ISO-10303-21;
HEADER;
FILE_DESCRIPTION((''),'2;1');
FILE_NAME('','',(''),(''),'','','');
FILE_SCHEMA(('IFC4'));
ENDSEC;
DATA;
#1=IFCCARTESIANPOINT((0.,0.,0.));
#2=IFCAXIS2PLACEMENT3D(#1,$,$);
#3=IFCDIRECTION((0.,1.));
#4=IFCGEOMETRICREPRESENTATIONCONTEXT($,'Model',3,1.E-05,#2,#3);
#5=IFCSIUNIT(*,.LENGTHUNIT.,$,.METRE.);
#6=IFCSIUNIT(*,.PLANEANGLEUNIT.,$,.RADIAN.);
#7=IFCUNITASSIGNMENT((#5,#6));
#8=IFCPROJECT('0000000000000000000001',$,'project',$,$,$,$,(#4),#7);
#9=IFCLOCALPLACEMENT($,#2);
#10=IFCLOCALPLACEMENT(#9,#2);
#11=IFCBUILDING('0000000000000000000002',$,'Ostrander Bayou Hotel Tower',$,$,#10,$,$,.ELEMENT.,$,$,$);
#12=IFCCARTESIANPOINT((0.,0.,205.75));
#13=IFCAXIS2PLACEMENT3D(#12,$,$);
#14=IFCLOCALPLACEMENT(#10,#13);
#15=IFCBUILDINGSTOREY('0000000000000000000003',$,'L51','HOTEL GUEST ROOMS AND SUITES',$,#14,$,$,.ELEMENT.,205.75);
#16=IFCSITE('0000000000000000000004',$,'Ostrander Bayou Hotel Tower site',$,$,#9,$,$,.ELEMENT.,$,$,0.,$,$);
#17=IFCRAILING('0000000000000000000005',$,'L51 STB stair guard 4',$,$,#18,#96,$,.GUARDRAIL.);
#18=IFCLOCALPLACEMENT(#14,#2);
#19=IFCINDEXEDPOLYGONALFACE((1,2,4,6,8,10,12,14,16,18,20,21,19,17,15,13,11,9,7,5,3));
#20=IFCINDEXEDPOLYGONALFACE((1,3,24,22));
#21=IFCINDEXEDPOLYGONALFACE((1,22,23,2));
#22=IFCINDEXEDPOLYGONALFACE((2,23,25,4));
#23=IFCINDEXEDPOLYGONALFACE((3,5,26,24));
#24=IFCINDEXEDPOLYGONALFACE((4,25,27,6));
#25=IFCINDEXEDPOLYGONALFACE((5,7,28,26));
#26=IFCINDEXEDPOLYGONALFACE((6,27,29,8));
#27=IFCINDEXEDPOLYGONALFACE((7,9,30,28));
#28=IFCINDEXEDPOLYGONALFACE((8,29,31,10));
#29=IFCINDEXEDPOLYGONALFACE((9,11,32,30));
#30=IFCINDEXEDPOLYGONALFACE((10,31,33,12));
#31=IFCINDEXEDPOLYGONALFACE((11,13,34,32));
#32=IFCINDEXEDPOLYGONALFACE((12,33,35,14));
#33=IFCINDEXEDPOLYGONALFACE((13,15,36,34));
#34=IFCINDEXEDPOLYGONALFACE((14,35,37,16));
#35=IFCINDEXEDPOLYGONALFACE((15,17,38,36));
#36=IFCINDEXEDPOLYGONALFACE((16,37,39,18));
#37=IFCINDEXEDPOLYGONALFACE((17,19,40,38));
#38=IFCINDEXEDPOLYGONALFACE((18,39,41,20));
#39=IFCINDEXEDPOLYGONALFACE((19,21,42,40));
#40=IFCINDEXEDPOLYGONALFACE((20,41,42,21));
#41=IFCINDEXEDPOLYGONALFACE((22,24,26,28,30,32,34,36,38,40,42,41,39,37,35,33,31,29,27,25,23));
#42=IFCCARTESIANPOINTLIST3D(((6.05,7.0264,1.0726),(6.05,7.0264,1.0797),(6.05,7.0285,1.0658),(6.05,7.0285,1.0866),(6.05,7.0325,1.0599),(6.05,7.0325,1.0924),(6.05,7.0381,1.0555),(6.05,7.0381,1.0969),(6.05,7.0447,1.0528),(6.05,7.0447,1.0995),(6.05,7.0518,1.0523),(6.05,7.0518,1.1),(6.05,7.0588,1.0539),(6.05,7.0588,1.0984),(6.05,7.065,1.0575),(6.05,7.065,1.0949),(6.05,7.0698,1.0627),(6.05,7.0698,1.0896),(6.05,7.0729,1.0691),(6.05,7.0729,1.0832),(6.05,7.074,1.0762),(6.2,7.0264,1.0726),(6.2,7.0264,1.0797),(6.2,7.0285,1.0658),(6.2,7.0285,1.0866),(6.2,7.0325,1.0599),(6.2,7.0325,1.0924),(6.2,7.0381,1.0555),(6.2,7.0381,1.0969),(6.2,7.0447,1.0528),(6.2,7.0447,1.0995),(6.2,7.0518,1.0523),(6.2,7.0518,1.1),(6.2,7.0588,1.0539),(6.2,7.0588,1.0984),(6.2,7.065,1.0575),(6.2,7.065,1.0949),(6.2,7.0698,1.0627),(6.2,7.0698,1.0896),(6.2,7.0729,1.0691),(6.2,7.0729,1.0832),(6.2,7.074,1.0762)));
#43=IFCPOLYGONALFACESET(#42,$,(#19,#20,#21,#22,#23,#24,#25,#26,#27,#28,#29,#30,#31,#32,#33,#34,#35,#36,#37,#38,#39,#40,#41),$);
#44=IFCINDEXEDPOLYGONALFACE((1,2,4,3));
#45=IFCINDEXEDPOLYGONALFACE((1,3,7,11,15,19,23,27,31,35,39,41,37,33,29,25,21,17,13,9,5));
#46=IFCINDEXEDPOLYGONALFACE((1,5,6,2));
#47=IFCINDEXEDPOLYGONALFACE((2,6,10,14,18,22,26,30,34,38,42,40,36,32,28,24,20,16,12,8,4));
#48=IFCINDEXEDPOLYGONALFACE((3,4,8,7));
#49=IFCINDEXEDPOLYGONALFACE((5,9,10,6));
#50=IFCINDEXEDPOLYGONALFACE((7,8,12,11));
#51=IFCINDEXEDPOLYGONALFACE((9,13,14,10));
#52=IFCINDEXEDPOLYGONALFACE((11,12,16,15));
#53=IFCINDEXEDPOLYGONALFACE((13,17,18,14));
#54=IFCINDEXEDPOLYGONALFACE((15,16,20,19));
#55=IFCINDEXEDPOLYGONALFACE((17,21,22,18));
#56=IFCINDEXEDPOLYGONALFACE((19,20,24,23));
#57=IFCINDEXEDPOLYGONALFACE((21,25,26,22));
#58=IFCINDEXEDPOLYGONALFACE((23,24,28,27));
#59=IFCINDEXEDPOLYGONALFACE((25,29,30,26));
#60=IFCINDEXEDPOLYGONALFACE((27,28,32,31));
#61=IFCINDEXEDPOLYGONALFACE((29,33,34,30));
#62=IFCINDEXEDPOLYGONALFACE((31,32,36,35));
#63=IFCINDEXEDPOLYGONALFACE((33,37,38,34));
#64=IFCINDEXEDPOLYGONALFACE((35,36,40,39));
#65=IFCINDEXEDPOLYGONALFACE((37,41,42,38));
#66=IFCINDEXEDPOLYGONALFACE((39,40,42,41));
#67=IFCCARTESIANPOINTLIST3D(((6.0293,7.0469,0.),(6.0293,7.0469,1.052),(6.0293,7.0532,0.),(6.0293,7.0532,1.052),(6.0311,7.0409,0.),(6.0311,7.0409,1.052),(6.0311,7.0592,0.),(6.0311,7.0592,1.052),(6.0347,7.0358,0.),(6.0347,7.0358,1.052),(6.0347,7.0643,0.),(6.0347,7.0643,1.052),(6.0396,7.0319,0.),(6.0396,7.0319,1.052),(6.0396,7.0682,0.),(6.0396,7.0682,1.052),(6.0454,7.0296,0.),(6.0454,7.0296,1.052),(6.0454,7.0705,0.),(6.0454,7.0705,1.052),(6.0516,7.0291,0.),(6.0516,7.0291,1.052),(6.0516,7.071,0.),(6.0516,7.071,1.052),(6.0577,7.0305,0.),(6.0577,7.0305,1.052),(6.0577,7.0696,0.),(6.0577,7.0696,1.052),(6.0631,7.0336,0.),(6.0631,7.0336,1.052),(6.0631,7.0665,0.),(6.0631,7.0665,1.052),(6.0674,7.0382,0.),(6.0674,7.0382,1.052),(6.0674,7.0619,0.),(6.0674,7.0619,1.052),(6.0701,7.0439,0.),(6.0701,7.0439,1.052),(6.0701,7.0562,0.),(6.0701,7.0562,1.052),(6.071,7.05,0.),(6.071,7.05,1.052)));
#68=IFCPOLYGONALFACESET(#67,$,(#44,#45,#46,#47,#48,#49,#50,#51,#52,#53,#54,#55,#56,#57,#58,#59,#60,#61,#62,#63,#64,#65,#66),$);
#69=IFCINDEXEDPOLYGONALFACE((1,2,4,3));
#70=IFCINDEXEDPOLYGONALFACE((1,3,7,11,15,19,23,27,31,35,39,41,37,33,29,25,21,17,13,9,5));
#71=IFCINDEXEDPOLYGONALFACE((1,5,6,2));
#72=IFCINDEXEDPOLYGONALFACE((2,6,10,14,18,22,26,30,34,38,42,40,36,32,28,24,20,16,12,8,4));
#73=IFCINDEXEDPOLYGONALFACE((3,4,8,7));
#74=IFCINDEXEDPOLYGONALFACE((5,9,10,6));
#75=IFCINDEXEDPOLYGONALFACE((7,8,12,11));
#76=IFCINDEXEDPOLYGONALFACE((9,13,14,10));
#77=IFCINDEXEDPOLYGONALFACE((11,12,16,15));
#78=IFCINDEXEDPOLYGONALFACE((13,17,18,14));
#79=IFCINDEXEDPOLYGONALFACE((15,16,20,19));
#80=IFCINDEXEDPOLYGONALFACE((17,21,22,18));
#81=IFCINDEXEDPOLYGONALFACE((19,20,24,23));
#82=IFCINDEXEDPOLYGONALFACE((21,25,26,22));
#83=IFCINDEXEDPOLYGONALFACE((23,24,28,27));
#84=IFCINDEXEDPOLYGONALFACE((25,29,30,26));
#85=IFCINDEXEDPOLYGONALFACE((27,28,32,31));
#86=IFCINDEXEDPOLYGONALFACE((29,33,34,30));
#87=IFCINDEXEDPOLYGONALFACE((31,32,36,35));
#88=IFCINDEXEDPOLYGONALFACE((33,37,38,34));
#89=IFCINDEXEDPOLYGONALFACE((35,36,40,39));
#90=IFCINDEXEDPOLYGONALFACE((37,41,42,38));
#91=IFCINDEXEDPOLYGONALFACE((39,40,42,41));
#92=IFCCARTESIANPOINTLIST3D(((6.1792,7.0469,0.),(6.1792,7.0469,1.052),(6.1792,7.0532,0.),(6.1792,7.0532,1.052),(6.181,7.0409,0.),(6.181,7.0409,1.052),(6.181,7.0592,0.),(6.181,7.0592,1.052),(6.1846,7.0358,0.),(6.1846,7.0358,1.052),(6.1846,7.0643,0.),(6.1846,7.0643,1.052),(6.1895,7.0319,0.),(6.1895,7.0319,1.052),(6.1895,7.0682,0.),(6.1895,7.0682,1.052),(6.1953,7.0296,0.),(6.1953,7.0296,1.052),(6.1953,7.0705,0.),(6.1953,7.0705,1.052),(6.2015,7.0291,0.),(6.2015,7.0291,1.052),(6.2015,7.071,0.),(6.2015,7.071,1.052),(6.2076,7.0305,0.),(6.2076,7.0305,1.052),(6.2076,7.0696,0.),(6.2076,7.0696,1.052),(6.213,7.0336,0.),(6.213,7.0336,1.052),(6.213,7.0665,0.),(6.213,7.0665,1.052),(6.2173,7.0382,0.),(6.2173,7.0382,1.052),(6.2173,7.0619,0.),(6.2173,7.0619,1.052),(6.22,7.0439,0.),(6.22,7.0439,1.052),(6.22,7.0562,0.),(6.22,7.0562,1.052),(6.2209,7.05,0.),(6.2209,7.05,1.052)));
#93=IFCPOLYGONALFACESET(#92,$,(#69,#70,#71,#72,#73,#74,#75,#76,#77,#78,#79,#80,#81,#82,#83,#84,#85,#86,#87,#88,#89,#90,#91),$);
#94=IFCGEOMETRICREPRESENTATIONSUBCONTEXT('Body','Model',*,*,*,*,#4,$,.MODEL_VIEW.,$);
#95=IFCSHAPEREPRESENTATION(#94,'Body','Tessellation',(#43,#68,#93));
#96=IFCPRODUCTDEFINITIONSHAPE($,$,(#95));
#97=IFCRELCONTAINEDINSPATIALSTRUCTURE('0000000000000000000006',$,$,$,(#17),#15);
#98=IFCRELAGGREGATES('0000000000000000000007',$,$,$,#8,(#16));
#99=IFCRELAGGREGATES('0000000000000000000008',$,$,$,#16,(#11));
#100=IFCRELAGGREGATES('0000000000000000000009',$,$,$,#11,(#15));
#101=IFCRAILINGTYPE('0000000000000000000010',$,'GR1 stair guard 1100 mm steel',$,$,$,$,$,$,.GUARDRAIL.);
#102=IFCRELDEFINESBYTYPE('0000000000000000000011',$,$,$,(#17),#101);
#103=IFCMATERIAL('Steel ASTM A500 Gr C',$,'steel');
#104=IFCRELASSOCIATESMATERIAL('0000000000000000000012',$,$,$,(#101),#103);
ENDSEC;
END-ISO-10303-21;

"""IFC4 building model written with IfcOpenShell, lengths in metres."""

from ifc_helpers import new_model, si_unit, direction, frame, origin, origin_2d, place, context, subcontext, project, spatial, circle, extrude, material, type_object, element, save


model = new_model("IFC4")

# Units and contexts
model_context = context("Model", 3, precision=1e-05, world=origin(), true_north=direction((0.0, 1.0)))
body_context = subcontext(model_context, "Body", "Model", "MODEL_VIEW")
ifc_project = project(units=[si_unit("LENGTHUNIT", "METRE"), si_unit("PLANEANGLEUNIT", "RADIAN")], contexts=[model_context])

# Site, building, storey
site_placement = place(None, origin())
site = spatial("IfcSite", under=ifc_project, at=site_placement, Name="Ostrander Bayou Hotel Tower site", CompositionType="ELEMENT", RefElevation=0.0)
building_placement = place(site_placement, origin())
building = spatial("IfcBuilding", under=site, at=building_placement, Name="Ostrander Bayou Hotel Tower", CompositionType="ELEMENT")
storey_placement = place(building_placement, frame((0.0, 0.0, 205.75)))
storey = spatial("IfcBuildingStorey", under=building, at=storey_placement, Name="L51", Description="HOTEL GUEST ROOMS AND SUITES", CompositionType="ELEMENT", Elevation=205.75)

# Railing
ifc_material_1 = material(Name="Steel ASTM A500 Gr C", Category="steel")
railing_type_1 = type_object("IfcRailingType", Name="GR1 stair guard 1100 mm steel", PredefinedType="GUARDRAIL", material=ifc_material_1)
railing_1_placement = place(storey_placement, frame((6.05, 7.05, 0.0)))
element("IfcRailing", 1, at=railing_1_placement, inside=storey, type_object=railing_type_1, Name="L51 STB stair guard 4", PredefinedType="GUARDRAIL", context=body_context, shape_type="SweptSolid", body=[
    extrude(circle(Radius=0.0239, at=origin_2d()), frame((0.0, 0.0, 1.0762), z_axis=(1.0, 0.0, 0.0), x_axis=(0.0, 1.0, 0.0)), (0.0, 0.0, 1.0), 0.1499),
    extrude(circle(Radius=0.021, at=origin_2d()), origin(), (0.0, 0.0, 1.0), 1.052),
    extrude(circle(Radius=0.021, at=origin_2d()), frame((0.1499, 0.0, 0.0)), (0.0, 0.0, 1.0), 1.052),
])

save(model, "model.ifc")
